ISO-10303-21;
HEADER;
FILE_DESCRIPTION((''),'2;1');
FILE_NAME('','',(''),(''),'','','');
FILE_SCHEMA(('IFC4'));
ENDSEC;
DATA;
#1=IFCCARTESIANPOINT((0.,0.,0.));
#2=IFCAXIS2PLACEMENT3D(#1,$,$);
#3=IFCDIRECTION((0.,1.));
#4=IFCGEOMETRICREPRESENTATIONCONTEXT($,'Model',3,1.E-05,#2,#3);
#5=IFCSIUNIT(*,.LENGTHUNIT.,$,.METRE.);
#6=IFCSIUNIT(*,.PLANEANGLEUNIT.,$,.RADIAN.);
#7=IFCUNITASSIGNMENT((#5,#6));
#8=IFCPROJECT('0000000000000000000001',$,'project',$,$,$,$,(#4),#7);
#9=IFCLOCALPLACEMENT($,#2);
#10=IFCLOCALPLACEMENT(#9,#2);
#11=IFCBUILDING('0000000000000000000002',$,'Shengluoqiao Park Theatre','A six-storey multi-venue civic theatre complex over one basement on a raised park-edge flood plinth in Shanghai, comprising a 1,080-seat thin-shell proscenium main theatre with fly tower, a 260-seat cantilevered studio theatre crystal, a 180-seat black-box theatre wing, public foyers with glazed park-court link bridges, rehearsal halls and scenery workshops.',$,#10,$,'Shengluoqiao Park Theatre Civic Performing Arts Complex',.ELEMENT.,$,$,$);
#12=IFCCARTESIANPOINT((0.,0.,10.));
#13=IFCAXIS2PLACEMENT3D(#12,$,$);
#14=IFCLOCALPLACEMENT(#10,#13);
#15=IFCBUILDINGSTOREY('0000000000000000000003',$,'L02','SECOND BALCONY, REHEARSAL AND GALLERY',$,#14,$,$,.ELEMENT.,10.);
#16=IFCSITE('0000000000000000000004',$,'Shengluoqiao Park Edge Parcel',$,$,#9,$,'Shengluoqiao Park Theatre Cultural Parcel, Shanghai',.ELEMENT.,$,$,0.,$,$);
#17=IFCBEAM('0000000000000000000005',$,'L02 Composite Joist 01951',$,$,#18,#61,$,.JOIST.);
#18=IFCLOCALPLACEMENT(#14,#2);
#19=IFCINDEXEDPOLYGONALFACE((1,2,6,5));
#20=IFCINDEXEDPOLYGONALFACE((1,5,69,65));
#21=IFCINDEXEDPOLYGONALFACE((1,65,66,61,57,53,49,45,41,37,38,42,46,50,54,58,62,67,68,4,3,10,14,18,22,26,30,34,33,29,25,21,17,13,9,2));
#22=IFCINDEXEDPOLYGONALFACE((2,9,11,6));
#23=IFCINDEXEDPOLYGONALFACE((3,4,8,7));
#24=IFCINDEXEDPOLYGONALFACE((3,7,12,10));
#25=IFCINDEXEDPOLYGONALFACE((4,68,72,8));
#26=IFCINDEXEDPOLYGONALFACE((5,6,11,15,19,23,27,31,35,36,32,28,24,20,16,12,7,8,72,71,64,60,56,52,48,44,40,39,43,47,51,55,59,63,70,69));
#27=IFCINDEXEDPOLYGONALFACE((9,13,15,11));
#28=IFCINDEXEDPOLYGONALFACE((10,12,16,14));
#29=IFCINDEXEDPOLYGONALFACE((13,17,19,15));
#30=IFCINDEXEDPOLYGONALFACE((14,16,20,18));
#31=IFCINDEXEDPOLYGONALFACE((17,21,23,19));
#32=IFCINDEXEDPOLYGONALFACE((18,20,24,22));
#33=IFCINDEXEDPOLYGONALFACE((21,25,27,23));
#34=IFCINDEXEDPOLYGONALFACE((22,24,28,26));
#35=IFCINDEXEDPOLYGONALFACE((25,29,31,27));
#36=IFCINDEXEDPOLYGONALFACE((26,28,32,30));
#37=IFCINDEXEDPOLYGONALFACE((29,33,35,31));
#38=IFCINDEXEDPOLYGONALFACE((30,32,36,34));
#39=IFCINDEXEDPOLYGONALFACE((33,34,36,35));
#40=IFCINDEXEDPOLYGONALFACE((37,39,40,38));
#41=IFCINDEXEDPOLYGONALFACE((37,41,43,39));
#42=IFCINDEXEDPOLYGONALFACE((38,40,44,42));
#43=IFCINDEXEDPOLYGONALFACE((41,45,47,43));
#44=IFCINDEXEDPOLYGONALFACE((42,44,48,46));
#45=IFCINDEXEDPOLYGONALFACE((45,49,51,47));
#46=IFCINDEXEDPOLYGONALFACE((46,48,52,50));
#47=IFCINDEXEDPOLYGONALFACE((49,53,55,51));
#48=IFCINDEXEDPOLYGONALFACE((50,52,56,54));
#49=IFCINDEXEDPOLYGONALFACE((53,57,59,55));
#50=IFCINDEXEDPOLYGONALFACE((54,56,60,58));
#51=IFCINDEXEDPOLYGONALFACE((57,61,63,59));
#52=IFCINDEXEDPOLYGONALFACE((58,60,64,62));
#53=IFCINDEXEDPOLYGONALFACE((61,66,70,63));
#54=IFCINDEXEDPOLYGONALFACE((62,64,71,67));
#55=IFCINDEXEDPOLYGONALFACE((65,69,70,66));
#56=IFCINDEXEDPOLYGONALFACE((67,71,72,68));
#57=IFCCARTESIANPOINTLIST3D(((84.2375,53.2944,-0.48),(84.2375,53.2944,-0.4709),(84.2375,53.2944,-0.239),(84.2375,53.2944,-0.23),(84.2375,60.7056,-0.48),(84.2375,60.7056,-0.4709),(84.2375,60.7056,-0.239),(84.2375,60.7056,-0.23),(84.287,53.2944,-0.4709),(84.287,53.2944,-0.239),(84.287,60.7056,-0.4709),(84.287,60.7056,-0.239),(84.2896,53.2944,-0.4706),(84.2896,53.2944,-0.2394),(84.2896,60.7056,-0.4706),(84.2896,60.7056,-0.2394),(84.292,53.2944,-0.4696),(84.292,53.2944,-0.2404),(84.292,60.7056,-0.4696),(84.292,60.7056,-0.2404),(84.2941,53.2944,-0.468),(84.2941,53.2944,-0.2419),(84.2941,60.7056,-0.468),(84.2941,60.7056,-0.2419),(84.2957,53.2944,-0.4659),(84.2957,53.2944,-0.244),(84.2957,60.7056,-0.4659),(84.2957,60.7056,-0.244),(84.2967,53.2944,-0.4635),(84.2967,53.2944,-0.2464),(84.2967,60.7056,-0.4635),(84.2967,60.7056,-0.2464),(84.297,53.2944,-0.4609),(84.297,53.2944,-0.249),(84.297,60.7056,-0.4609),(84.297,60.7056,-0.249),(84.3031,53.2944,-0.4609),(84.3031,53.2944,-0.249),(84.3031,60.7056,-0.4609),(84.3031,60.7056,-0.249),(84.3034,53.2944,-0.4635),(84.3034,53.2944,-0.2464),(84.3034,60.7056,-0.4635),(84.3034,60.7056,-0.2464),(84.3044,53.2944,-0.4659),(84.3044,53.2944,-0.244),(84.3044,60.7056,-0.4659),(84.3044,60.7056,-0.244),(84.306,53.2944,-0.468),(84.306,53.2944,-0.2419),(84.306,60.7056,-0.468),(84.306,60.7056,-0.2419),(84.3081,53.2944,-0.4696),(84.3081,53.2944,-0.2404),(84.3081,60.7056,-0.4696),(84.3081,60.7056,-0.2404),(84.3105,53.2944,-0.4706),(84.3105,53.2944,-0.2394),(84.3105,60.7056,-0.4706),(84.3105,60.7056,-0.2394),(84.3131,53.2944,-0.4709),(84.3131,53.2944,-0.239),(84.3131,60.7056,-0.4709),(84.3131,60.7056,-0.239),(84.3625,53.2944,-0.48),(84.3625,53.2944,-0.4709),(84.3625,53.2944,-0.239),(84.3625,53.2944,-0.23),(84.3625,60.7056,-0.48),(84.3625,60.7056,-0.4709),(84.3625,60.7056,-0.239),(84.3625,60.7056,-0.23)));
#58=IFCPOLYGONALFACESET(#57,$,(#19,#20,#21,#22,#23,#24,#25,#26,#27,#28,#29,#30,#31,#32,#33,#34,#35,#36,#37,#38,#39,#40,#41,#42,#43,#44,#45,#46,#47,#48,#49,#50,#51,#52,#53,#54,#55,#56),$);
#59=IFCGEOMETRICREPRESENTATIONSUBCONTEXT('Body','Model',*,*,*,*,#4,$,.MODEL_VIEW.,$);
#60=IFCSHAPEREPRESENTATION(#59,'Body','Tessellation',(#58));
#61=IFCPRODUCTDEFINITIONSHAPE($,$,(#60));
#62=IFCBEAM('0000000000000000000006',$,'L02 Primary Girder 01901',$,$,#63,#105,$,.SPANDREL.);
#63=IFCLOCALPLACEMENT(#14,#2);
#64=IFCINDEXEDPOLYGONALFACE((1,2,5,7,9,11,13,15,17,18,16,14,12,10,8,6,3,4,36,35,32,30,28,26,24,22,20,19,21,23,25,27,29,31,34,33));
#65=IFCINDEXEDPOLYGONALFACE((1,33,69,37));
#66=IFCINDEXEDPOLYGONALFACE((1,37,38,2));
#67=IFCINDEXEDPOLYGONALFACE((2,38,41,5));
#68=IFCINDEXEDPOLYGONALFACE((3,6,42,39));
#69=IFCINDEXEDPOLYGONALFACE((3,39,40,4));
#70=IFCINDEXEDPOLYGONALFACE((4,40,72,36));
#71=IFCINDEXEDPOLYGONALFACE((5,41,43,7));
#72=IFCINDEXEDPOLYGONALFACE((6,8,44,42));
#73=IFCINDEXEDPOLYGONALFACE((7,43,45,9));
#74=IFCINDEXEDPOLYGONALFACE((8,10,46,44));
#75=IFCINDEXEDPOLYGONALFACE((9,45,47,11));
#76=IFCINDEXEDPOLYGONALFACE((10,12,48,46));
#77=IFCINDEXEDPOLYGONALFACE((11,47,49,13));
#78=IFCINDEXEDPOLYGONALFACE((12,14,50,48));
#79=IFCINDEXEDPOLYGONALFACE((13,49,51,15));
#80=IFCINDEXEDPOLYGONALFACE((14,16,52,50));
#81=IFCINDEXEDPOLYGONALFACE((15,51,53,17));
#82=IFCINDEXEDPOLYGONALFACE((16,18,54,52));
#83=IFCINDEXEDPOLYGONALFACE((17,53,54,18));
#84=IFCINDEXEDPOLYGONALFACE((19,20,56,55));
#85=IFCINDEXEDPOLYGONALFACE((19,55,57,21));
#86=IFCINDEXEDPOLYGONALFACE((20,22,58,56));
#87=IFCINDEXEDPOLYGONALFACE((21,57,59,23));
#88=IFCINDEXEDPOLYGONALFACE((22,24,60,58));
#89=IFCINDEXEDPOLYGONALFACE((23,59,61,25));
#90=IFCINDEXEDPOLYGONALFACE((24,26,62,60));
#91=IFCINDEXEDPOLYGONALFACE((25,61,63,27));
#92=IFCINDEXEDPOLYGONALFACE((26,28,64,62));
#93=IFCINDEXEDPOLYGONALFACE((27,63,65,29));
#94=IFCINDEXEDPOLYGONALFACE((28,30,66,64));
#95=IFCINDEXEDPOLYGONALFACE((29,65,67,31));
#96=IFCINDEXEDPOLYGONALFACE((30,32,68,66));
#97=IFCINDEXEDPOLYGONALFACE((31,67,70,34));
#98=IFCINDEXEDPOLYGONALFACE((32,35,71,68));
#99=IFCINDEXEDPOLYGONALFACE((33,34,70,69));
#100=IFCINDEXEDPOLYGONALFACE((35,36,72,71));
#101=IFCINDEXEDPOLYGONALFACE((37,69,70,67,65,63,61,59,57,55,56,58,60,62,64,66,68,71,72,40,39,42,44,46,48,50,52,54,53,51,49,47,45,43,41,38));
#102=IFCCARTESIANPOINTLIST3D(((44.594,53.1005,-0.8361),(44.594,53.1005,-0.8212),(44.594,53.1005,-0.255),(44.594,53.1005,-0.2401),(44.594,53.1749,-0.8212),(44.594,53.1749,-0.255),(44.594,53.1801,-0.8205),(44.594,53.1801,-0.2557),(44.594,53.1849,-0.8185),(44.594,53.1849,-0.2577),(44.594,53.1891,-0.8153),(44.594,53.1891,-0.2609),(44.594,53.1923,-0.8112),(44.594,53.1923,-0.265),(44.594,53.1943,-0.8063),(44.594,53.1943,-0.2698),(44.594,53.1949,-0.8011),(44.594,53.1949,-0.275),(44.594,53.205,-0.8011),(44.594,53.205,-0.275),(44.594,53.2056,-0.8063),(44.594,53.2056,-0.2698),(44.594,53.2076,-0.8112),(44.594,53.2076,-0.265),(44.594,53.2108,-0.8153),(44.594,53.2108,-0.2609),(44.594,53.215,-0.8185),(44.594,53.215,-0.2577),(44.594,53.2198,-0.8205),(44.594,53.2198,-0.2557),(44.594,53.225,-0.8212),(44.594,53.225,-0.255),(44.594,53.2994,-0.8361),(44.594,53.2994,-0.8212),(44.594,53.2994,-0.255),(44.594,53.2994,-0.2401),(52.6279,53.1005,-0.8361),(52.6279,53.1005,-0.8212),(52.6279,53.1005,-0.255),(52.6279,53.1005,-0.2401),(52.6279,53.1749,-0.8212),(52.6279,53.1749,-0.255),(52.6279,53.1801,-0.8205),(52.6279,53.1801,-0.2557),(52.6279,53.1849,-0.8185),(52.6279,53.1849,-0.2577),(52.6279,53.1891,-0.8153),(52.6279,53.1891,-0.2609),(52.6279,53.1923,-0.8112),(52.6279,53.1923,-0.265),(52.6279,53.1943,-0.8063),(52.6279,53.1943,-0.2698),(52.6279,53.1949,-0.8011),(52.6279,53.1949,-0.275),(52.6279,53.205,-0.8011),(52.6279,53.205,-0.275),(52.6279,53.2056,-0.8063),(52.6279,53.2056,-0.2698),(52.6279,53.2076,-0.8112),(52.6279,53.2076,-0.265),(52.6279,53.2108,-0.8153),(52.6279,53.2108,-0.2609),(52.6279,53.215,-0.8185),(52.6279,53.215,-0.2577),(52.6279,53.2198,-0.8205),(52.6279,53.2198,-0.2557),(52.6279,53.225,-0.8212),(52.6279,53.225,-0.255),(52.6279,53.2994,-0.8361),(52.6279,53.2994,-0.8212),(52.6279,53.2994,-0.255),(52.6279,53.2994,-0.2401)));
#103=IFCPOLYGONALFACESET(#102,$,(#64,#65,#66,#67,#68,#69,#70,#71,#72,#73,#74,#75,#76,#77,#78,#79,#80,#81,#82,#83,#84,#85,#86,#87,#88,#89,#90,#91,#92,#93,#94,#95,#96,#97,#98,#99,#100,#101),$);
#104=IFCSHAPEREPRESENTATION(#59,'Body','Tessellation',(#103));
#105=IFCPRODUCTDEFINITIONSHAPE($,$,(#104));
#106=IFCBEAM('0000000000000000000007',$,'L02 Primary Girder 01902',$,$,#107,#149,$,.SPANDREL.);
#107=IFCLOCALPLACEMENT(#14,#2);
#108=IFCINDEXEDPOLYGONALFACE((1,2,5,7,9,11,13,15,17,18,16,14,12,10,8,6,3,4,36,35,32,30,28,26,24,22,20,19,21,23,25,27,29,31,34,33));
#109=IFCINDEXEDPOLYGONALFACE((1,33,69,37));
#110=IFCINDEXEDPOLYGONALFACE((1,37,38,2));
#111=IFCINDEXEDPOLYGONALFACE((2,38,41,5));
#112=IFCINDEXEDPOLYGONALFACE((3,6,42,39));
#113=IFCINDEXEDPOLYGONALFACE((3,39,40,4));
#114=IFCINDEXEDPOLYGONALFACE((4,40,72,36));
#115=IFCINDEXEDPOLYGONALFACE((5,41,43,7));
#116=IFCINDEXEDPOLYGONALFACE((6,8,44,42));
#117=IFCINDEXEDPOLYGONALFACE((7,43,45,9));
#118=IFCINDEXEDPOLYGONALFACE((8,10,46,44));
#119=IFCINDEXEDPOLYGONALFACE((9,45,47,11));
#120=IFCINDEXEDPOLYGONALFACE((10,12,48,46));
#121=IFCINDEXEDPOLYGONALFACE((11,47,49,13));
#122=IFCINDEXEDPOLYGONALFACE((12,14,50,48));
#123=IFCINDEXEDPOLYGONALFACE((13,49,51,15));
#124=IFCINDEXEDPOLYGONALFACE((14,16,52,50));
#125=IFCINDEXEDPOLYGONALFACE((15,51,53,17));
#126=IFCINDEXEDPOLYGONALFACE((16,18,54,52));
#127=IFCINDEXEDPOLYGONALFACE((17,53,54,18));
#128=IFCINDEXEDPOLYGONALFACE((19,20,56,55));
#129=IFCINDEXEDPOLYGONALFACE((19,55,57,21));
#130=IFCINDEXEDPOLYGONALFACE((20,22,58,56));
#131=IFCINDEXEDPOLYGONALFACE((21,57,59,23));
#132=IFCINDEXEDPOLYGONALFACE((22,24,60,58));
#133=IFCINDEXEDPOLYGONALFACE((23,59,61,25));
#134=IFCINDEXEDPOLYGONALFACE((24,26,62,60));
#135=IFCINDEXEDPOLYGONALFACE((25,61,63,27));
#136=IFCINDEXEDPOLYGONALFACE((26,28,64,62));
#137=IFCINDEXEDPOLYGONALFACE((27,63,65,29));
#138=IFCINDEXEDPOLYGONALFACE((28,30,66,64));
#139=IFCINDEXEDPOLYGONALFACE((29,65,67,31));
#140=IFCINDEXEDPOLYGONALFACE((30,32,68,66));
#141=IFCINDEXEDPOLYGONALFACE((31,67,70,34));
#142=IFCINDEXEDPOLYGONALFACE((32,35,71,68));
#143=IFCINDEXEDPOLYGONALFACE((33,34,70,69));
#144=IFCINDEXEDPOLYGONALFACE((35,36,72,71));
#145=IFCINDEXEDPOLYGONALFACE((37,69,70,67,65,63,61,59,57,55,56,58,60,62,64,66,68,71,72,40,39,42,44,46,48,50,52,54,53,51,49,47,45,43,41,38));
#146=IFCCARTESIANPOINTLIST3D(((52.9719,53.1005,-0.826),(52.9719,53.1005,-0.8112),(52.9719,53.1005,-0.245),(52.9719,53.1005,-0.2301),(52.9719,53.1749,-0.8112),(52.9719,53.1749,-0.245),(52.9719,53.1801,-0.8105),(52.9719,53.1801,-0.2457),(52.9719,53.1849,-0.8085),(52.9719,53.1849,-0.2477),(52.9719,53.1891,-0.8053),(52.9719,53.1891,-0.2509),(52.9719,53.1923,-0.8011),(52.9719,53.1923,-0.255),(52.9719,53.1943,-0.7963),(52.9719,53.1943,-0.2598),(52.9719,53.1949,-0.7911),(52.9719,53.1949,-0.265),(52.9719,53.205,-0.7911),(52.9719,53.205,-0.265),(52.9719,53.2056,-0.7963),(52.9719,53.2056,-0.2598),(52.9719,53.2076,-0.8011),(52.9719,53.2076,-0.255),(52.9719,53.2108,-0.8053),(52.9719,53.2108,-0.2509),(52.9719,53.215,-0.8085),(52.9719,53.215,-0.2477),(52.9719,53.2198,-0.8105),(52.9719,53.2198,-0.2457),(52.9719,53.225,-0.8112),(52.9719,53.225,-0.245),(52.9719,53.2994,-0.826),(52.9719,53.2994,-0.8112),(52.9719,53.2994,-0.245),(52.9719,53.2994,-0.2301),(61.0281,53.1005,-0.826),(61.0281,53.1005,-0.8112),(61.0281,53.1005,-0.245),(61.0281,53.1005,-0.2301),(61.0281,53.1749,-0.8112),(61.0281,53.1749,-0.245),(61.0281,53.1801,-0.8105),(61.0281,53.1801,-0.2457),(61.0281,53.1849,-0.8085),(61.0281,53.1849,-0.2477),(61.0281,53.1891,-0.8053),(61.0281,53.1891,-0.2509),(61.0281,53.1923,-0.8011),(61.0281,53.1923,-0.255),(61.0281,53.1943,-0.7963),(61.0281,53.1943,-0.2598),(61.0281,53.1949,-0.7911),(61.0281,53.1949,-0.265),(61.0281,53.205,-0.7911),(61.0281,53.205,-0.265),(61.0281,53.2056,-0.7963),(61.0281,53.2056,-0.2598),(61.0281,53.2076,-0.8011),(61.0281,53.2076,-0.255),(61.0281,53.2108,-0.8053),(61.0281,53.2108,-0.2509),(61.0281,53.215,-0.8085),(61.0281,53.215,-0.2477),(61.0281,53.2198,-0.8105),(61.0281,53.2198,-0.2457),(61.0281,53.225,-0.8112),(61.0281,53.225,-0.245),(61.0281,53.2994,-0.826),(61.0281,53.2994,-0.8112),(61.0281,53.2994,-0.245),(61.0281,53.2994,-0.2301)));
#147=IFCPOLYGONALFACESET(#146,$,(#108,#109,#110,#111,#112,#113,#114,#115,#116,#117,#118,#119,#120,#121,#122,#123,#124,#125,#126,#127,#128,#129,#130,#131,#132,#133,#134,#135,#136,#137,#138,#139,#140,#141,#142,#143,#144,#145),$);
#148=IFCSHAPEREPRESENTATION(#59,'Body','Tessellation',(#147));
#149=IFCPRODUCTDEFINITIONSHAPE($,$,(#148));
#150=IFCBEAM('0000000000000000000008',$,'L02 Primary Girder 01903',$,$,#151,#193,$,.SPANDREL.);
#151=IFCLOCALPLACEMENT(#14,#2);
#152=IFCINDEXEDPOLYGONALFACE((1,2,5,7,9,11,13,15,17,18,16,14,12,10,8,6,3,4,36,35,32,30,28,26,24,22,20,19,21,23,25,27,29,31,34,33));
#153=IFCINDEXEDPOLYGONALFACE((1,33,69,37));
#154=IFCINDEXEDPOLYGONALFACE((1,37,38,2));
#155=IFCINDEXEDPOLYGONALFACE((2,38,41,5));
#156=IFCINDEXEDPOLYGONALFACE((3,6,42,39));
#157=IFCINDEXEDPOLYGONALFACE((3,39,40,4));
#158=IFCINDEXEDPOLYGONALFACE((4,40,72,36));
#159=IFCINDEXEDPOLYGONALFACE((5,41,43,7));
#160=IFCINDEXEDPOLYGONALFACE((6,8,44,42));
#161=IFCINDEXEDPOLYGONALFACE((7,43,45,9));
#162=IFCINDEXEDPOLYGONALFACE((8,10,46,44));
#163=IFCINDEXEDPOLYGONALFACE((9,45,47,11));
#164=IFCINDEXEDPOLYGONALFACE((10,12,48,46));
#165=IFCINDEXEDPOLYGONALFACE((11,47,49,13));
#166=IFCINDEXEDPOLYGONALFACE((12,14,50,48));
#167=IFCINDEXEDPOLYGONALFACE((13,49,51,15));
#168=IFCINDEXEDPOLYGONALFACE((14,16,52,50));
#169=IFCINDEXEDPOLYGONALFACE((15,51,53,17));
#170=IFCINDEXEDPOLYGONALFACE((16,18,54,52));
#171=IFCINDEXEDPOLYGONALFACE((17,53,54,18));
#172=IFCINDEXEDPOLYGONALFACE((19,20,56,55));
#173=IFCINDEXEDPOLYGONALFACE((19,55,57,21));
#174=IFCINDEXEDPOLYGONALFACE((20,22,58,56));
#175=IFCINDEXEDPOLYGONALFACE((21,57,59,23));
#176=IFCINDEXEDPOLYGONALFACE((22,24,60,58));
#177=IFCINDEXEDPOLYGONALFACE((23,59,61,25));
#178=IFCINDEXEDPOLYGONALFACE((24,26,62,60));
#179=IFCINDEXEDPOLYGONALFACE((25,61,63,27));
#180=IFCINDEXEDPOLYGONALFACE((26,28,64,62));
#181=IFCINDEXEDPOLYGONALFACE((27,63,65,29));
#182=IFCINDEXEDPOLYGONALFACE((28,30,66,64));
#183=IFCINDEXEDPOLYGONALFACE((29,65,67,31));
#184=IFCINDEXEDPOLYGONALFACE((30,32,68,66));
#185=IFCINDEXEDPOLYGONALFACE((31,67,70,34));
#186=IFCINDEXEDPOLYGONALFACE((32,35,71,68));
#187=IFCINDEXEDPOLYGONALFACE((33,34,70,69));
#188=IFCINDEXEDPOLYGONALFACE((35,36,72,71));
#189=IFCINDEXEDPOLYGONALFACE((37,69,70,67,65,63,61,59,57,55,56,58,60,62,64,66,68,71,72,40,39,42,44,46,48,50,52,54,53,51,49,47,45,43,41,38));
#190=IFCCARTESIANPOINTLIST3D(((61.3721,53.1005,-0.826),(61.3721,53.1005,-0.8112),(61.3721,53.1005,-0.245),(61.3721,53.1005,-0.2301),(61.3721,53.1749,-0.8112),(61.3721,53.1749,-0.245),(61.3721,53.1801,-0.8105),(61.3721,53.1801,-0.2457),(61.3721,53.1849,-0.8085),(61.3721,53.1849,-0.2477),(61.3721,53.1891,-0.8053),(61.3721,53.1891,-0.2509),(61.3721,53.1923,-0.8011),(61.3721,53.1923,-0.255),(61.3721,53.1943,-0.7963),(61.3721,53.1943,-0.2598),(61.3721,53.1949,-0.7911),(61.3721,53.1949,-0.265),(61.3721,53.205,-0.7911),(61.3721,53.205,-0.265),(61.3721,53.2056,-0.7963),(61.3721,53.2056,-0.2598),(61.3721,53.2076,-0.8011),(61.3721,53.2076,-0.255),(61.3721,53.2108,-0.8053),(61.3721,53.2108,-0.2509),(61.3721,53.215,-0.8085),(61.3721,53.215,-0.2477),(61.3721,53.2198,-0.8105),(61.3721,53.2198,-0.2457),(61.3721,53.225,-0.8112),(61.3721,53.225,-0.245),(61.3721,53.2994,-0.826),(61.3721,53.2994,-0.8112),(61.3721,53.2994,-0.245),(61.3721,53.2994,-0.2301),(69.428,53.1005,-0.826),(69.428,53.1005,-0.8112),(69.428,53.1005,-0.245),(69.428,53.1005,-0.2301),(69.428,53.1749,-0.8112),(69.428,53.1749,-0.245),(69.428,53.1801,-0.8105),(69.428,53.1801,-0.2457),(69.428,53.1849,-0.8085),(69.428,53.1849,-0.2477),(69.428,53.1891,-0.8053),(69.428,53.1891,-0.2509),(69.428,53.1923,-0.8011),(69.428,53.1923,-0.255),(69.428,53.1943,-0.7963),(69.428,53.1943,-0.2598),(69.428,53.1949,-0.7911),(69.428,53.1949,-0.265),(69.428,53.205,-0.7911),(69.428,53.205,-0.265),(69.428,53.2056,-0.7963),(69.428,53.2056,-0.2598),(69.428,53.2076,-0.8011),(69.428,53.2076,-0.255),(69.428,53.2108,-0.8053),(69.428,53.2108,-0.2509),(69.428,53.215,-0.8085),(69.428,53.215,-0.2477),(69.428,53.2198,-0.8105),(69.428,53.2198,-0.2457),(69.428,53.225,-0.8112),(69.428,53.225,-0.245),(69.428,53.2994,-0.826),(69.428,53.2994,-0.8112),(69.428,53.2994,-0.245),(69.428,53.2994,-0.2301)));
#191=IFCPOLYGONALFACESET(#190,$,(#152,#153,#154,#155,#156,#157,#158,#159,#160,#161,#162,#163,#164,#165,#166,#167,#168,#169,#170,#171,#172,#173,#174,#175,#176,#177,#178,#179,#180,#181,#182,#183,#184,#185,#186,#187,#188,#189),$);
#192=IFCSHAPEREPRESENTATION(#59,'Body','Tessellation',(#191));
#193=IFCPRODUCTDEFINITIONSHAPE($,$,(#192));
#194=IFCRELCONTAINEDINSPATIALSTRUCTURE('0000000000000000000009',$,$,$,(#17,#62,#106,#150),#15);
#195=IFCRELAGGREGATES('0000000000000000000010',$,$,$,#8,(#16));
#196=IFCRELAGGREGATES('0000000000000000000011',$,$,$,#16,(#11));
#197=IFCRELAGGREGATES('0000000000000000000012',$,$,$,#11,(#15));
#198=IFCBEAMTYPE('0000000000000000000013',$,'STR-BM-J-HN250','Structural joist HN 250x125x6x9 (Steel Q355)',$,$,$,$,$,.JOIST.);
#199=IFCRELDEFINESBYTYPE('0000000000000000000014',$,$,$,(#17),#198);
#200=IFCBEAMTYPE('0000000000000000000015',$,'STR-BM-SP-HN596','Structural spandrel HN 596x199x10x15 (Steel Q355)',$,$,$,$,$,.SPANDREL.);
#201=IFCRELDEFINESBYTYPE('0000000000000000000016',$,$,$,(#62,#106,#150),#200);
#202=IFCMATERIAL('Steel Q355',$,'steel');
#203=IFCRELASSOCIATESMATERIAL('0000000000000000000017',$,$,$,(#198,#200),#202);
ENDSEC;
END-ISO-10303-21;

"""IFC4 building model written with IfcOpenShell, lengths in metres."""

from ifc_helpers import new_model, si_unit, direction, frame, origin, origin_2d, place, context, subcontext, project, spatial, i_section, extrude, material, material_profile, profile_set, type_object, element, save


model = new_model("IFC4")

# Units and contexts
model_context = context("Model", 3, precision=1e-05, world=origin(), true_north=direction((0.0, 1.0)))
body_context = subcontext(model_context, "Body", "Model", "MODEL_VIEW")
ifc_project = project(units=[si_unit("LENGTHUNIT", "METRE"), si_unit("PLANEANGLEUNIT", "RADIAN")], contexts=[model_context])

# Site, building, storey
site_placement = place(None, origin())
site = spatial("IfcSite", under=ifc_project, at=site_placement, Name="Shengluoqiao Park Edge Parcel", LongName="Shengluoqiao Park Theatre Cultural Parcel, Shanghai", CompositionType="ELEMENT", RefElevation=0.0)
building_placement = place(site_placement, origin())
building = spatial("IfcBuilding", under=site, at=building_placement, Name="Shengluoqiao Park Theatre", Description="A six-storey multi-venue civic theatre complex over one basement on a raised park-edge flood plinth in Shanghai, comprising a 1,080-seat thin-shell proscenium main theatre with fly tower, a 260-seat cantilevered studio theatre crystal, a 180-seat black-box theatre wing, public foyers with glazed park-court link bridges, rehearsal halls and scenery workshops.", LongName="Shengluoqiao Park Theatre Civic Performing Arts Complex", CompositionType="ELEMENT")
storey_placement = place(building_placement, frame((0.0, 0.0, 10.0)))
storey = spatial("IfcBuildingStorey", under=building, at=storey_placement, Name="L02", Description="SECOND BALCONY, REHEARSAL AND GALLERY", CompositionType="ELEMENT", Elevation=10.0)

# Beams
ifc_material_1 = material(Name="Steel Q355", Category="steel")
ifc_material_profile_1 = material_profile(ifc_material_1, i_section(OverallWidth=0.125, OverallDepth=0.25, WebThickness=0.0061, FlangeThickness=0.009, FilletRadius=0.01, at=origin_2d()), Name="HN 250x125x6x9")
ifc_profile_set_1 = profile_set([ifc_material_profile_1], Name="Steel Q355")
beam_type_1 = type_object("IfcBeamType", Name="STR-BM-J-HN250", Description="Structural joist HN 250x125x6x9 (Steel Q355)", PredefinedType="JOIST", material=ifc_profile_set_1)
for number, where, z_axis, x_axis, name in (
    (1, (84.3, 53.2944, -0.355), (0.0, 1.0, 0.0), (-1.0, 0.0, 0.0), "L02 Composite Joist 01951"),
):
    element("IfcBeam", number, at=place(storey_placement, frame(where, z_axis=z_axis, x_axis=x_axis)), inside=storey, type_object=beam_type_1, Name=name, PredefinedType="JOIST", context=body_context, shape_type="SweptSolid", body=[
        extrude(i_section(OverallWidth=0.125, OverallDepth=0.25, WebThickness=0.0061, FlangeThickness=0.009, FilletRadius=0.01, at=origin_2d()), origin(), (0.0, 0.0, 1.0), 7.4111),
    ])
ifc_material_profile_2 = material_profile(ifc_material_1, i_section(OverallWidth=0.199, OverallDepth=0.5959, WebThickness=0.01, FlangeThickness=0.0149, FilletRadius=0.02, at=origin_2d()), Name="HN 596x199x10x15")
ifc_profile_set_2 = profile_set([ifc_material_profile_2], Name="Steel Q355")
beam_type_2 = type_object("IfcBeamType", Name="STR-BM-SP-HN596", Description="Structural spandrel HN 596x199x10x15 (Steel Q355)", PredefinedType="SPANDREL", material=ifc_profile_set_2)
beam_1_placement = place(storey_placement, frame((44.594, 53.2, -0.5381), z_axis=(1.0, 0.0, 0.0), x_axis=(0.0, 1.0, 0.0)))
element("IfcBeam", 2, at=beam_1_placement, inside=storey, type_object=beam_type_2, Name="L02 Primary Girder 01901", PredefinedType="SPANDREL", context=body_context, shape_type="SweptSolid", body=[
    extrude(i_section(OverallWidth=0.199, OverallDepth=0.5959, WebThickness=0.01, FlangeThickness=0.0149, FilletRadius=0.02, at=origin_2d()), origin(), (0.0, 0.0, 1.0), 8.0339),
])
beam_2_placement = place(storey_placement, frame((52.9719, 53.2, -0.5281), z_axis=(1.0, 0.0, 0.0), x_axis=(0.0, 1.0, 0.0)))
element("IfcBeam", 3, at=beam_2_placement, inside=storey, type_object=beam_type_2, Name="L02 Primary Girder 01902", PredefinedType="SPANDREL", context=body_context, shape_type="SweptSolid", body=[
    extrude(i_section(OverallWidth=0.199, OverallDepth=0.5959, WebThickness=0.01, FlangeThickness=0.0149, FilletRadius=0.02, at=origin_2d()), origin(), (0.0, 0.0, 1.0), 8.0562),
])
for number, where, z_axis, x_axis, name in (
    (4, (61.3721, 53.2, -0.5281), (1.0, 0.0, 0.0), (0.0, 1.0, 0.0), "L02 Primary Girder 01903"),
):
    element("IfcBeam", number, at=place(storey_placement, frame(where, z_axis=z_axis, x_axis=x_axis)), inside=storey, type_object=beam_type_2, Name=name, PredefinedType="SPANDREL", context=body_context, shape_type="SweptSolid", body=[
        extrude(i_section(OverallWidth=0.199, OverallDepth=0.5959, WebThickness=0.01, FlangeThickness=0.0149, FilletRadius=0.02, at=origin_2d()), origin(), (0.0, 0.0, 1.0), 8.0559),
    ])

save(model, "model.ifc")
